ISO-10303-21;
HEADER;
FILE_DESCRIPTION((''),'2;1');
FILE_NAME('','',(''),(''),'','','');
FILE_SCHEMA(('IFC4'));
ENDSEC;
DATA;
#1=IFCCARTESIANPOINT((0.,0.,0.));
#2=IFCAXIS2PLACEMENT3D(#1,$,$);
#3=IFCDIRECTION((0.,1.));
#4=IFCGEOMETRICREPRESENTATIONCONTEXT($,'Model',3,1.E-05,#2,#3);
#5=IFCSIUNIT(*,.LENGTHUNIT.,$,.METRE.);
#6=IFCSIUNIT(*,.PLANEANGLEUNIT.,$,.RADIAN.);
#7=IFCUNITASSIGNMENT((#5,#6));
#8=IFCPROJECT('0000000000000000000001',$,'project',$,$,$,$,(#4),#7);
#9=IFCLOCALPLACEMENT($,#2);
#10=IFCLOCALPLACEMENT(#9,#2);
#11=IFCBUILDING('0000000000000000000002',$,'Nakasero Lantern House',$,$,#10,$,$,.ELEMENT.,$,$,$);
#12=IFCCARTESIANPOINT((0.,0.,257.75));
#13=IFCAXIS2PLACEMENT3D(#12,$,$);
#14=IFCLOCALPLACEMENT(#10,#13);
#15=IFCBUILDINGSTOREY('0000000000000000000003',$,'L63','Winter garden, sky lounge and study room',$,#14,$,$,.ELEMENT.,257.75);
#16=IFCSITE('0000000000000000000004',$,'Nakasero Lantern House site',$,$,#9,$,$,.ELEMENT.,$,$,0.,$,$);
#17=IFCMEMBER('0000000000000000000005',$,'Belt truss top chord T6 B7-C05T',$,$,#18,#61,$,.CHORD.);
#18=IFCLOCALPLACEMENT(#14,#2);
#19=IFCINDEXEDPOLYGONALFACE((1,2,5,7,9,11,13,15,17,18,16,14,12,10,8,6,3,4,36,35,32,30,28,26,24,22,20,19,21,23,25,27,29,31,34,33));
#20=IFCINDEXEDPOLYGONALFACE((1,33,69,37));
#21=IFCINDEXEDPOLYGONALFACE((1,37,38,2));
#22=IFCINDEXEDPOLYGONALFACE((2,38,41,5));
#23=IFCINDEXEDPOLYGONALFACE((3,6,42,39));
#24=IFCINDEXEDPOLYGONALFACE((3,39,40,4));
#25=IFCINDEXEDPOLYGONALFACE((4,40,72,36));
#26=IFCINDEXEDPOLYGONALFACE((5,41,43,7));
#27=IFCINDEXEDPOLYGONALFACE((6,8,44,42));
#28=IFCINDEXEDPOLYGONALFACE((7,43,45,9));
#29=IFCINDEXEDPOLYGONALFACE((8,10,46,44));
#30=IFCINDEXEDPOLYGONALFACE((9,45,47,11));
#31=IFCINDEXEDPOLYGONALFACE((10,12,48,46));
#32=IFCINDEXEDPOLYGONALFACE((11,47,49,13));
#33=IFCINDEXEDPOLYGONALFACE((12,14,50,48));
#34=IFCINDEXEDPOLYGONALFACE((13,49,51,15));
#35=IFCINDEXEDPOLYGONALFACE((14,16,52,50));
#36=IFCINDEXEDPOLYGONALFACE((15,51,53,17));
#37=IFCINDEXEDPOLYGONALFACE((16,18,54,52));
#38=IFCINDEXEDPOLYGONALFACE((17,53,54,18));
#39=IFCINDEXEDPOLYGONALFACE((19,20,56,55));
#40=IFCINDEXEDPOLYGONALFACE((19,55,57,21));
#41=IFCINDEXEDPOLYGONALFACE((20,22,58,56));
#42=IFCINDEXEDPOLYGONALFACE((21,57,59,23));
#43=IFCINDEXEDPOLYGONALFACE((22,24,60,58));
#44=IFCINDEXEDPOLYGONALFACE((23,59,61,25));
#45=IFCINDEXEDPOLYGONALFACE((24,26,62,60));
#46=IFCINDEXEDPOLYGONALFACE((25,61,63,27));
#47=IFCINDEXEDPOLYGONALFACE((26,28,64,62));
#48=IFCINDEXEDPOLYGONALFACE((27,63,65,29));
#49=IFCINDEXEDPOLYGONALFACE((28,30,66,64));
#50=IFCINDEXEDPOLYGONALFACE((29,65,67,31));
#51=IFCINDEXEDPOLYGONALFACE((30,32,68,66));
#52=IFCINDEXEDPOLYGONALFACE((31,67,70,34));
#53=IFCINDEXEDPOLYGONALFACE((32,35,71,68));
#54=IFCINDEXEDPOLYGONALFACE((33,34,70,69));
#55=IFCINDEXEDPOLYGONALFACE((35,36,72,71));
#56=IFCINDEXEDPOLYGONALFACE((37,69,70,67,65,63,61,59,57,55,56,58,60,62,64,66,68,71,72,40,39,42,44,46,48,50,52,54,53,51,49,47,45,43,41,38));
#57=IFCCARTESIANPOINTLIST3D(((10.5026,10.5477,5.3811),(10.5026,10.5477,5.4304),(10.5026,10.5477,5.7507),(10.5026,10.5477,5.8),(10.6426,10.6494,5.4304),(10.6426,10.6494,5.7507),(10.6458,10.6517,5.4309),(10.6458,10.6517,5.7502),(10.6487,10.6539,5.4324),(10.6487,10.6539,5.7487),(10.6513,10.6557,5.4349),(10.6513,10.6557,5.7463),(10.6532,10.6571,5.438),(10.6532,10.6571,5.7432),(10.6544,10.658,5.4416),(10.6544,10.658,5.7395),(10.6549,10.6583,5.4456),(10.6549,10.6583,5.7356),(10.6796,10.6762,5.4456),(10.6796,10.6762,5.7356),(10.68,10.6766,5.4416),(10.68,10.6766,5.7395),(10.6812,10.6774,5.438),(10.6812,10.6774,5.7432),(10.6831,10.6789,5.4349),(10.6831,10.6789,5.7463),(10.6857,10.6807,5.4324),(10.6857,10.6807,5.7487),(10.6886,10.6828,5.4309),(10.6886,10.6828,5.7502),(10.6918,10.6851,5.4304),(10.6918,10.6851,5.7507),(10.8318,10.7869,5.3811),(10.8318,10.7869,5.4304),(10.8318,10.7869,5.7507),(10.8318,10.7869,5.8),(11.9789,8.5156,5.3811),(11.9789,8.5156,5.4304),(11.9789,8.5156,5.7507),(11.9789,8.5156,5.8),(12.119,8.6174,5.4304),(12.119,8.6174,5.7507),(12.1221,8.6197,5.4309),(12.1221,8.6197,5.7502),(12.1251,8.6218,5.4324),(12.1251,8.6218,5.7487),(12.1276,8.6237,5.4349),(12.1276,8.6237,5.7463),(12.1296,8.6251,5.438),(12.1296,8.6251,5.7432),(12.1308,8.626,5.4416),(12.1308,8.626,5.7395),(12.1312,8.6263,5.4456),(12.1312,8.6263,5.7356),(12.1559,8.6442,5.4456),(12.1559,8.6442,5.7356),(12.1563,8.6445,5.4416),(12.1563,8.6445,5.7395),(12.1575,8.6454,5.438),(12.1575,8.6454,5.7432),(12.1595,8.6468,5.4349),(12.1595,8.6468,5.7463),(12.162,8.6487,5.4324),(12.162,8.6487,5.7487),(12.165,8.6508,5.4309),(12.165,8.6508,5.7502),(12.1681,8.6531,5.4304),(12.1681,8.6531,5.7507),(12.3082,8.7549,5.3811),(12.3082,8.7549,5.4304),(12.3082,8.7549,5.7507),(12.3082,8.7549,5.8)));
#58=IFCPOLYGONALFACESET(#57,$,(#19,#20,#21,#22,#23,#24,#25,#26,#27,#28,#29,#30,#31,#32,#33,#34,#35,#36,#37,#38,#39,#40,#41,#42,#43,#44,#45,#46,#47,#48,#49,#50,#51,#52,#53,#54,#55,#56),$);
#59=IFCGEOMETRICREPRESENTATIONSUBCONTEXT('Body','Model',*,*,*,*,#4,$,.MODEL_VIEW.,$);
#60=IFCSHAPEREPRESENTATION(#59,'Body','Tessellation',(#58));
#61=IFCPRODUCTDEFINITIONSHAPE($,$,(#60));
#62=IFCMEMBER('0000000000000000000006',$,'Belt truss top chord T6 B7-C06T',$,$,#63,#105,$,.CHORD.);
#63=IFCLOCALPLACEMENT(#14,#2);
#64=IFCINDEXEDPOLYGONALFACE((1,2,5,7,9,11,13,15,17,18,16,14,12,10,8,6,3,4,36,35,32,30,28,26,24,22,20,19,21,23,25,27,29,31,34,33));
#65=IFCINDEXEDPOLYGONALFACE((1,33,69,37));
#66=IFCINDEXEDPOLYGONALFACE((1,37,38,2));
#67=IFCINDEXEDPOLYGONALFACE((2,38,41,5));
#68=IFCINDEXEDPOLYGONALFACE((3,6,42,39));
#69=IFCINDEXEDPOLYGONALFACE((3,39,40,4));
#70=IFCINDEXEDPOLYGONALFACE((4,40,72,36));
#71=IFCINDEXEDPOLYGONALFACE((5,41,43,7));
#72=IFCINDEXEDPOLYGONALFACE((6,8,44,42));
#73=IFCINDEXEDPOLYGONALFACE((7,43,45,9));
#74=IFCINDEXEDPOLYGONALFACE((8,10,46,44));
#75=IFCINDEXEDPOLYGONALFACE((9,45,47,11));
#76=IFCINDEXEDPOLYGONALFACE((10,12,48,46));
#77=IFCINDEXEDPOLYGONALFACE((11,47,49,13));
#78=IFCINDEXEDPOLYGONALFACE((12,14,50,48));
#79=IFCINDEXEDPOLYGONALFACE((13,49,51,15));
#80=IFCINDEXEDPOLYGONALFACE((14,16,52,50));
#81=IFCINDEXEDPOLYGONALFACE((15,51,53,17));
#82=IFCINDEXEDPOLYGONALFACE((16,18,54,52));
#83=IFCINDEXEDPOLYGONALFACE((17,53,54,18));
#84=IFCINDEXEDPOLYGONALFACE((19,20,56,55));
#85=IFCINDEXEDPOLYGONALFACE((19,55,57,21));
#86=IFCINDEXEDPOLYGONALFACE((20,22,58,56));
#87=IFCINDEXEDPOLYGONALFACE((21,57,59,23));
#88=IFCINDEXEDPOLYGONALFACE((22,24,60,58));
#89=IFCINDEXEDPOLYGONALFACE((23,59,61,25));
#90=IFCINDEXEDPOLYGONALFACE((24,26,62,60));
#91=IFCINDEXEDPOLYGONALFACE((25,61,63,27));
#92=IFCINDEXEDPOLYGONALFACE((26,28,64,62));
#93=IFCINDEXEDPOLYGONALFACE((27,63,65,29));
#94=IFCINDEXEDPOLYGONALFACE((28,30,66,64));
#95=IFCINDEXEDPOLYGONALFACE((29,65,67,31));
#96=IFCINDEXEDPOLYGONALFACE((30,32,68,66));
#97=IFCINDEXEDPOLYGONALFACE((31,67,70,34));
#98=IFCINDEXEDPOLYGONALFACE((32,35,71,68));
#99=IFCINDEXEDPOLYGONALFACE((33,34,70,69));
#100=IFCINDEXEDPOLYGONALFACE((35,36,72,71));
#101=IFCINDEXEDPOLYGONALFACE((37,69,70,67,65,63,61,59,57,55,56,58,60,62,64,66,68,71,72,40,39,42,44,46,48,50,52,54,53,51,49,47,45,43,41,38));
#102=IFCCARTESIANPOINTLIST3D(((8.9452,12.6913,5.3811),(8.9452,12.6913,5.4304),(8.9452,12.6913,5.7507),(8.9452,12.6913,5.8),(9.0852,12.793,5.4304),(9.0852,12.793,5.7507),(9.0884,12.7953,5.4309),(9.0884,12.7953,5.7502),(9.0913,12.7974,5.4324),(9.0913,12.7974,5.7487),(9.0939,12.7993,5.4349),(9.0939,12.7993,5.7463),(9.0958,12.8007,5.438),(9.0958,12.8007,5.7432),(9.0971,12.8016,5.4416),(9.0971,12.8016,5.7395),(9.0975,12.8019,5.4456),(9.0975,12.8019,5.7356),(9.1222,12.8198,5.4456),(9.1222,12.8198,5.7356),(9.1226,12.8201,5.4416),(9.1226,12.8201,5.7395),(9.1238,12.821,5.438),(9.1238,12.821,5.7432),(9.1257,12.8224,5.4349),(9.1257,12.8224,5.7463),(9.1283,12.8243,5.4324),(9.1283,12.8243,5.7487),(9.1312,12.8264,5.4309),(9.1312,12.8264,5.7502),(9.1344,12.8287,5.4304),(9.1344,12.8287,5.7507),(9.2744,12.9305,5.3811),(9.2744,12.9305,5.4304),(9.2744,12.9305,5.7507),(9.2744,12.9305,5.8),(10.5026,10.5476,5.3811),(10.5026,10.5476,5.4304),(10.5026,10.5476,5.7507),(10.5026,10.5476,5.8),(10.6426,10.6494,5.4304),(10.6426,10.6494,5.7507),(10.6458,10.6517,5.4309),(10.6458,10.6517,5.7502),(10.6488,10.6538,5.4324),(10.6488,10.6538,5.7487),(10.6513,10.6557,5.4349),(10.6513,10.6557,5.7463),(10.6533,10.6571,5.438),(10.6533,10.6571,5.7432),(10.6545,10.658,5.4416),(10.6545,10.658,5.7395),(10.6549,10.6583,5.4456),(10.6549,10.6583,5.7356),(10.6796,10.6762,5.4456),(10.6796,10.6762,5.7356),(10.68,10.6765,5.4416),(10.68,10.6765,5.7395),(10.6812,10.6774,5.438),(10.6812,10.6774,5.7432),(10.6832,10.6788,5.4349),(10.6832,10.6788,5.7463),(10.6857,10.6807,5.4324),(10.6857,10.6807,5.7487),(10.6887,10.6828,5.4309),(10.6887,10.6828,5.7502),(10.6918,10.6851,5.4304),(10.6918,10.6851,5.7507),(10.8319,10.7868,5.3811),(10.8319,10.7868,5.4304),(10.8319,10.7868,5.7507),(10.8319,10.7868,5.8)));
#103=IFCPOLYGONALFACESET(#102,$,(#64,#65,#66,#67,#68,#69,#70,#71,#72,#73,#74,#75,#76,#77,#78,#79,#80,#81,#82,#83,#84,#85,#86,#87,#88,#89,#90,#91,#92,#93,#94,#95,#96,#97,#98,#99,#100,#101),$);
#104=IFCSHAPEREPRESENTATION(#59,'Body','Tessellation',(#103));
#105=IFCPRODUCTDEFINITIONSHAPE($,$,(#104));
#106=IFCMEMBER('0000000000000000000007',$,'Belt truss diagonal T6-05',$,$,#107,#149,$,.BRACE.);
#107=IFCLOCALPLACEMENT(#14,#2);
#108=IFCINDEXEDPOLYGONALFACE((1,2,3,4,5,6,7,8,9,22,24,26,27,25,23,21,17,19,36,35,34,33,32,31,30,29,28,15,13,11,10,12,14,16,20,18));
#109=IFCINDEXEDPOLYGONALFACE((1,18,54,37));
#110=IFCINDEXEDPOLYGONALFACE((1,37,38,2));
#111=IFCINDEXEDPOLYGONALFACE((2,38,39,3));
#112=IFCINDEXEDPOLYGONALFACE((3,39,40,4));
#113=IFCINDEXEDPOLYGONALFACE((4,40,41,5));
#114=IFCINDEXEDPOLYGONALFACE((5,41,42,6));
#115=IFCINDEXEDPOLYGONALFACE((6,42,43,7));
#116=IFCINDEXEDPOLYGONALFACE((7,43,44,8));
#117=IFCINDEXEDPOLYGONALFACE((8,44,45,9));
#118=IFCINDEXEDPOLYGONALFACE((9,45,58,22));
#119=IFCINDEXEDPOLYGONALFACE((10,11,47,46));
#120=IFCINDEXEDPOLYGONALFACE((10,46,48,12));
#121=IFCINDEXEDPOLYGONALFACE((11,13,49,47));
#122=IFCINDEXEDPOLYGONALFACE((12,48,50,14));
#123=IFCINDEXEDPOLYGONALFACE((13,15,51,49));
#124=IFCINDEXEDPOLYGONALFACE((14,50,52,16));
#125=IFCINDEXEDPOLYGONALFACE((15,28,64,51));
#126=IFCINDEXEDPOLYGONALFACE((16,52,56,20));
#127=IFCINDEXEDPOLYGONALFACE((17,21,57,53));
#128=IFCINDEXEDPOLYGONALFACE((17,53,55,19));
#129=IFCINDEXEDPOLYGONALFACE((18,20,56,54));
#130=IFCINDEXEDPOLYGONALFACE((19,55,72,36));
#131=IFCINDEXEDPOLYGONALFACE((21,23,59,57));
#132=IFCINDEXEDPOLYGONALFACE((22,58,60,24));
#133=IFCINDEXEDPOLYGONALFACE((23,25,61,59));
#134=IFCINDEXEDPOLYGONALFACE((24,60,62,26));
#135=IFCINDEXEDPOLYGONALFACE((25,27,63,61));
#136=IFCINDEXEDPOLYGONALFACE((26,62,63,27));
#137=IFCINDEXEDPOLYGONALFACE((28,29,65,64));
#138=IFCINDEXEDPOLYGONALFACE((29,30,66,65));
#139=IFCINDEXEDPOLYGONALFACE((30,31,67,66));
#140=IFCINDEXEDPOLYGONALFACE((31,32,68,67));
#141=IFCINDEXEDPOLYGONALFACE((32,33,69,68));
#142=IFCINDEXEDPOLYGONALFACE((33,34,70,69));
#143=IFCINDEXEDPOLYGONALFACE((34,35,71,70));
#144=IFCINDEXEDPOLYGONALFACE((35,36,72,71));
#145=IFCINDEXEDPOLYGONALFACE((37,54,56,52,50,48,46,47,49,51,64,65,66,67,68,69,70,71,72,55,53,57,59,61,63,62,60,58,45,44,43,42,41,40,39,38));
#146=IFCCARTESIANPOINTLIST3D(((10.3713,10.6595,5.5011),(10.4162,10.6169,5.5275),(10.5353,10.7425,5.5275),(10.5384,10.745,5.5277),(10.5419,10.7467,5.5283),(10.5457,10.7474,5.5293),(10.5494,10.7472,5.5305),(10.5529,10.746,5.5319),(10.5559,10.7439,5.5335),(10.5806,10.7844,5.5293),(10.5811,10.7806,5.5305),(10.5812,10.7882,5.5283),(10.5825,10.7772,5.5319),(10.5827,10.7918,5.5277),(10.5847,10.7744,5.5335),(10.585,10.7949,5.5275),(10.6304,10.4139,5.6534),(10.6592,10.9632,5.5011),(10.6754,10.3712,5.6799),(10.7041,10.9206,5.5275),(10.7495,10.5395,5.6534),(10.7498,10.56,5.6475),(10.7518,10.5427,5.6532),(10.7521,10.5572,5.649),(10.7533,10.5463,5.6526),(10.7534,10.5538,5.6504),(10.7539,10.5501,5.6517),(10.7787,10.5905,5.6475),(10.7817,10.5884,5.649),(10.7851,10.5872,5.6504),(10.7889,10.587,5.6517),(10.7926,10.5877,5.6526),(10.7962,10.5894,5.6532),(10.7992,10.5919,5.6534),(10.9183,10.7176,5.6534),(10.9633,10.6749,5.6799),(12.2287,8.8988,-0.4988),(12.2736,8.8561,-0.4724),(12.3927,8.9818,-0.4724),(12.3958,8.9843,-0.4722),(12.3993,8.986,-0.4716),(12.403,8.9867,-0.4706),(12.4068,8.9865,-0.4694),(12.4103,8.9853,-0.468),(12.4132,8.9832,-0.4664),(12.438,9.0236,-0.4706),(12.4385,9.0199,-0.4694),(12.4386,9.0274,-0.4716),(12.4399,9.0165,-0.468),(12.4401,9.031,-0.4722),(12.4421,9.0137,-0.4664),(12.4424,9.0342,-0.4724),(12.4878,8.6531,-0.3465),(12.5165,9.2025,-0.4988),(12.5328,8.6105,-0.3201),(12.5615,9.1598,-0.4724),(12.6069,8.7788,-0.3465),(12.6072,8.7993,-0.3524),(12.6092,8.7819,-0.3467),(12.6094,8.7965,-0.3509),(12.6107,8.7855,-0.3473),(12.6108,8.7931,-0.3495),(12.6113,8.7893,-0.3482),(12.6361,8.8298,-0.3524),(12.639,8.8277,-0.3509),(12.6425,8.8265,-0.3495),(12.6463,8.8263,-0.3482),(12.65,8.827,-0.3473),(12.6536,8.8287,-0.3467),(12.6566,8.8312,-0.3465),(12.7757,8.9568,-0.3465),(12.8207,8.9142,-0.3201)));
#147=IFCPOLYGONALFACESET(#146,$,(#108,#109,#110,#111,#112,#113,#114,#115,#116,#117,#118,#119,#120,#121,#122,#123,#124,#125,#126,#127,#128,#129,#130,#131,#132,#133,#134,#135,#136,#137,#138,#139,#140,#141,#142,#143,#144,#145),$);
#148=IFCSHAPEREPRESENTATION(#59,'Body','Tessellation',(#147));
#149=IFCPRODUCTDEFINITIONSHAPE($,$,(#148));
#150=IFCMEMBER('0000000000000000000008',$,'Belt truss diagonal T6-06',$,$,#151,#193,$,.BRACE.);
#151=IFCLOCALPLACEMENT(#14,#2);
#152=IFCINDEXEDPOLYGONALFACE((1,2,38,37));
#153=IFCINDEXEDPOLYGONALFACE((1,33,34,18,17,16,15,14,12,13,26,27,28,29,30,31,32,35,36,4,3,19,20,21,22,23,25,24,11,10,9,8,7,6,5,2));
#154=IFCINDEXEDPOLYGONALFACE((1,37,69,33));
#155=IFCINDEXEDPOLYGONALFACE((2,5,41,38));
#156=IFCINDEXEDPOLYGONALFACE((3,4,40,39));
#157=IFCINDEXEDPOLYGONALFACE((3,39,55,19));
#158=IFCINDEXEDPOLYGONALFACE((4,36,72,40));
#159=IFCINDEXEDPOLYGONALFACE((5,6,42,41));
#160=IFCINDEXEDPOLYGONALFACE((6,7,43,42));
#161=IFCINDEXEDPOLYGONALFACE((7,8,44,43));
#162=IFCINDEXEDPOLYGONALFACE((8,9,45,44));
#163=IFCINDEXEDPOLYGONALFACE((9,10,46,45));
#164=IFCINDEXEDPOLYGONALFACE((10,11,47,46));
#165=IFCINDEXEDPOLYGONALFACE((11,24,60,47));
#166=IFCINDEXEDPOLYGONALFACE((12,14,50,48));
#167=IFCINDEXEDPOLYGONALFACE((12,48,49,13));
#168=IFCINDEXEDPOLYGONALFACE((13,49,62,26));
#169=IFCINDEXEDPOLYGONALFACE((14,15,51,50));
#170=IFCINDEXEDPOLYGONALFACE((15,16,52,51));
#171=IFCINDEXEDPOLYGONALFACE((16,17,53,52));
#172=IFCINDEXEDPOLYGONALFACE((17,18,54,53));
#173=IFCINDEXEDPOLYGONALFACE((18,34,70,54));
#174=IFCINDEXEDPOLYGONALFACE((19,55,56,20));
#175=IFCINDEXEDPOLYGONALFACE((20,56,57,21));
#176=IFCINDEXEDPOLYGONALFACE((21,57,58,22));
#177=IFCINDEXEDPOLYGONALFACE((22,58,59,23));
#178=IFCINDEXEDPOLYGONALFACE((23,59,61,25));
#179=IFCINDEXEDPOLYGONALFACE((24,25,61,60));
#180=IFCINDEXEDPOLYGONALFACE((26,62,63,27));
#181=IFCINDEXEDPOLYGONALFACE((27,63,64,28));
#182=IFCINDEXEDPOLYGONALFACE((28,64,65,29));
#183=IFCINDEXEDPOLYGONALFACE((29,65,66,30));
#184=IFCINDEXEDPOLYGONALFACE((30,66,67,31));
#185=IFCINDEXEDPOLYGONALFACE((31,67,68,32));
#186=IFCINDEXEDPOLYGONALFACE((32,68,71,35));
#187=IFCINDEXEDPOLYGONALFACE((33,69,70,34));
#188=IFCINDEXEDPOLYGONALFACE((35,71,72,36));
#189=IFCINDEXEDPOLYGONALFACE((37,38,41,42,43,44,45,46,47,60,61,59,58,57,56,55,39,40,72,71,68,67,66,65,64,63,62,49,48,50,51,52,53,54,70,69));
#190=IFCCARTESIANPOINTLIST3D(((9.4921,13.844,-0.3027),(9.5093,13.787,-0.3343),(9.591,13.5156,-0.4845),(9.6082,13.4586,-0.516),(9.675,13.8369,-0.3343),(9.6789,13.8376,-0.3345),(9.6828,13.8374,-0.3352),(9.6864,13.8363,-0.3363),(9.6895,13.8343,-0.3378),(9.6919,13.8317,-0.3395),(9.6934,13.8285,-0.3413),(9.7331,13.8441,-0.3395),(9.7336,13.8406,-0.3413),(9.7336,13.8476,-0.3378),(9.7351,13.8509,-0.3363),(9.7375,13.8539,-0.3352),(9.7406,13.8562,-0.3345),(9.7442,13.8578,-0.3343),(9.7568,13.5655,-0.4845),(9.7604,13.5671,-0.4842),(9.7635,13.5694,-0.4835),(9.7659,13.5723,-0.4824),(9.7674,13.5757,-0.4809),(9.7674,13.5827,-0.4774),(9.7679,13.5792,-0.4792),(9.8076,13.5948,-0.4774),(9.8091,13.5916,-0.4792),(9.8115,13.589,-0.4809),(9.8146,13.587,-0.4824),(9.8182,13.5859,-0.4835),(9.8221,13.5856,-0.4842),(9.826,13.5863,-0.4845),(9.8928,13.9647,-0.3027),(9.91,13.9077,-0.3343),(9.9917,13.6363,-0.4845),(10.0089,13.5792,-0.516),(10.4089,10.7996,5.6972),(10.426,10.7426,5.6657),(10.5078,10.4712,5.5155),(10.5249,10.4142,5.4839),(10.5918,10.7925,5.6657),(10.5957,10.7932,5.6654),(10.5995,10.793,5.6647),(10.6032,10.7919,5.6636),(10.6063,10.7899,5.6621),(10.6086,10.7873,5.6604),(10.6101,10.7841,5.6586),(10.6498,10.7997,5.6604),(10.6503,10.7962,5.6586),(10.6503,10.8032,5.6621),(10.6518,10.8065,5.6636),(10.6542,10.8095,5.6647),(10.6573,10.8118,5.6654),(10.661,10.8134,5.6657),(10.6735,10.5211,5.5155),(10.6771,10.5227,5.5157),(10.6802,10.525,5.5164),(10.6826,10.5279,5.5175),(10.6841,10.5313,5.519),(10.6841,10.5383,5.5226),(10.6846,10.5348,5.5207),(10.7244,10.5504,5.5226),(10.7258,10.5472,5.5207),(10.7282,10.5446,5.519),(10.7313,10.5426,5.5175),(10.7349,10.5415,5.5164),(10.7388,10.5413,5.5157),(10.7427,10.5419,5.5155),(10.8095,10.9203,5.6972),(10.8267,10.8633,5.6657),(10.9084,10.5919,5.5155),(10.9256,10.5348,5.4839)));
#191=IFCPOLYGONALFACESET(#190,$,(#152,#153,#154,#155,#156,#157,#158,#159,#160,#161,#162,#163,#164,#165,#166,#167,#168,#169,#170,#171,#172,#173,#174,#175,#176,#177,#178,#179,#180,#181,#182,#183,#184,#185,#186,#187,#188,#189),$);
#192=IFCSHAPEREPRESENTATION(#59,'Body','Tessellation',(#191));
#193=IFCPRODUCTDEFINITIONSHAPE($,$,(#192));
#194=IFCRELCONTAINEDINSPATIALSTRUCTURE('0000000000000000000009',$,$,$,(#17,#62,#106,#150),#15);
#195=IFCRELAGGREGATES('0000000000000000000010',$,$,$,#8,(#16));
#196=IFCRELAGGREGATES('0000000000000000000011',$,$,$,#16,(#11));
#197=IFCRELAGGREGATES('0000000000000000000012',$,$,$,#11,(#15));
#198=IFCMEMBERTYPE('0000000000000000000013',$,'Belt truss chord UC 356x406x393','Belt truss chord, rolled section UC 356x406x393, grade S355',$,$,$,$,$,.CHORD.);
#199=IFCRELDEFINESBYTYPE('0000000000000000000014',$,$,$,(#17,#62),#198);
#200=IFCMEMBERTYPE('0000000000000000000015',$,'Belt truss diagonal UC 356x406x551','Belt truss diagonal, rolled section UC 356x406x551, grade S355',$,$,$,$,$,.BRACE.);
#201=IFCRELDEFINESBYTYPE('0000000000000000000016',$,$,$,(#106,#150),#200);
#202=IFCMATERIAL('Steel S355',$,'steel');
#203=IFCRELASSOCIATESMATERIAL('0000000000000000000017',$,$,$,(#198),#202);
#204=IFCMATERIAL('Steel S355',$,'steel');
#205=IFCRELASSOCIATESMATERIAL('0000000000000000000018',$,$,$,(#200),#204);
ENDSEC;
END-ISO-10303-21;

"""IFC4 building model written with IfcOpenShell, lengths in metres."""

from ifc_helpers import new_model, si_unit, direction, frame, origin, origin_2d, place, context, subcontext, project, spatial, i_section, extrude, material, material_profile, profile_set, type_object, element, save


model = new_model("IFC4")

# Units and contexts
model_context = context("Model", 3, precision=1e-05, world=origin(), true_north=direction((0.0, 1.0)))
body_context = subcontext(model_context, "Body", "Model", "MODEL_VIEW")
ifc_project = project(units=[si_unit("LENGTHUNIT", "METRE"), si_unit("PLANEANGLEUNIT", "RADIAN")], contexts=[model_context])

# Site, building, storey
site_placement = place(None, origin())
site = spatial("IfcSite", under=ifc_project, at=site_placement, Name="Nakasero Lantern House site", CompositionType="ELEMENT", RefElevation=0.0)
building_placement = place(site_placement, origin())
building = spatial("IfcBuilding", under=site, at=building_placement, Name="Nakasero Lantern House", CompositionType="ELEMENT")
storey_placement = place(building_placement, frame((0.0, 0.0, 257.75)))
storey = spatial("IfcBuildingStorey", under=building, at=storey_placement, Name="L63", Description="Winter garden, sky lounge and study room", CompositionType="ELEMENT", Elevation=257.75)

# Members
ifc_material_1 = material(Name="Steel S355", Category="steel")
ifc_material_profile_1 = material_profile(ifc_material_1, i_section(OverallWidth=0.407, OverallDepth=0.4189, WebThickness=0.0305, FlangeThickness=0.0493, FilletRadius=0.0151, at=origin_2d()), Name="UC 356x406x393")
ifc_profile_set_1 = profile_set([ifc_material_profile_1], Name="Steel S355")
member_type_1 = type_object("IfcMemberType", Name="Belt truss chord UC 356x406x393", Description="Belt truss chord, rolled section UC 356x406x393, grade S355", PredefinedType="CHORD", material=ifc_profile_set_1)
member_1_placement = place(storey_placement, frame((12.1436, 8.6353, 5.5906), z_axis=(-0.587784, 0.809018, 0.0), x_axis=(-0.809018, -0.587784, 0.0)))
element("IfcMember", 1, at=member_1_placement, inside=storey, type_object=member_type_1, Name="Belt truss top chord T6 B7-C05T", PredefinedType="CHORD", context=body_context, shape_type="SweptSolid", body=[
    extrude(i_section(OverallWidth=0.407, OverallDepth=0.4189, WebThickness=0.0305, FlangeThickness=0.0493, FilletRadius=0.0151, at=origin_2d()), origin(), (0.0, 0.0, 1.0), 2.5117),
])
member_2_placement = place(storey_placement, frame((10.6672, 10.6672, 5.5906), z_axis=(-0.587783, 0.809019, 0.0), x_axis=(-0.809019, -0.587783, 0.0)))
element("IfcMember", 2, at=member_2_placement, inside=storey, type_object=member_type_1, Name="Belt truss top chord T6 B7-C06T", PredefinedType="CHORD", context=body_context, shape_type="SweptSolid", body=[
    extrude(i_section(OverallWidth=0.407, OverallDepth=0.4189, WebThickness=0.0305, FlangeThickness=0.0493, FilletRadius=0.0151, at=origin_2d()), origin(), (0.0, 0.0, 1.0), 2.6497),
])
ifc_material_2 = material(Name="Steel S355", Category="steel")
ifc_material_profile_2 = material_profile(ifc_material_2, i_section(OverallWidth=0.4185, OverallDepth=0.4556, WebThickness=0.042, FlangeThickness=0.0674, FilletRadius=0.0151, at=origin_2d()), Name="UC 356x406x551")
ifc_profile_set_2 = profile_set([ifc_material_profile_2], Name="Steel S355")
member_type_2 = type_object("IfcMemberType", Name="Belt truss diagonal UC 356x406x551", Description="Belt truss diagonal, rolled section UC 356x406x551, grade S355", PredefinedType="BRACE", material=ifc_profile_set_2)
member_3_placement = place(storey_placement, frame((12.5247, 8.9065, -0.4094), z_axis=(-0.284747, 0.269926, 0.919815), x_axis=(-0.687967, -0.725742, 0.0)))
element("IfcMember", 3, at=member_3_placement, inside=storey, type_object=member_type_2, Name="Belt truss diagonal T6-05", PredefinedType="BRACE", context=body_context, shape_type="SweptSolid", body=[
    extrude(i_section(OverallWidth=0.4185, OverallDepth=0.4556, WebThickness=0.042, FlangeThickness=0.0674, FilletRadius=0.0151, at=origin_2d()), origin(), (0.0, 0.0, 1.0), 6.5229),
])
member_4_placement = place(storey_placement, frame((10.6672, 10.6672, 5.5906), z_axis=(-0.135007, 0.448346, -0.883605), x_axis=(-0.95753, -0.288334, 0.0)))
element("IfcMember", 4, at=member_4_placement, inside=storey, type_object=member_type_2, Name="Belt truss diagonal T6-06", PredefinedType="BRACE", context=body_context, shape_type="SweptSolid", body=[
    extrude(i_section(OverallWidth=0.4185, OverallDepth=0.4556, WebThickness=0.042, FlangeThickness=0.0674, FilletRadius=0.0151, at=origin_2d()), origin(), (0.0, 0.0, 1.0), 6.7903),
])

save(model, "model.ifc")
